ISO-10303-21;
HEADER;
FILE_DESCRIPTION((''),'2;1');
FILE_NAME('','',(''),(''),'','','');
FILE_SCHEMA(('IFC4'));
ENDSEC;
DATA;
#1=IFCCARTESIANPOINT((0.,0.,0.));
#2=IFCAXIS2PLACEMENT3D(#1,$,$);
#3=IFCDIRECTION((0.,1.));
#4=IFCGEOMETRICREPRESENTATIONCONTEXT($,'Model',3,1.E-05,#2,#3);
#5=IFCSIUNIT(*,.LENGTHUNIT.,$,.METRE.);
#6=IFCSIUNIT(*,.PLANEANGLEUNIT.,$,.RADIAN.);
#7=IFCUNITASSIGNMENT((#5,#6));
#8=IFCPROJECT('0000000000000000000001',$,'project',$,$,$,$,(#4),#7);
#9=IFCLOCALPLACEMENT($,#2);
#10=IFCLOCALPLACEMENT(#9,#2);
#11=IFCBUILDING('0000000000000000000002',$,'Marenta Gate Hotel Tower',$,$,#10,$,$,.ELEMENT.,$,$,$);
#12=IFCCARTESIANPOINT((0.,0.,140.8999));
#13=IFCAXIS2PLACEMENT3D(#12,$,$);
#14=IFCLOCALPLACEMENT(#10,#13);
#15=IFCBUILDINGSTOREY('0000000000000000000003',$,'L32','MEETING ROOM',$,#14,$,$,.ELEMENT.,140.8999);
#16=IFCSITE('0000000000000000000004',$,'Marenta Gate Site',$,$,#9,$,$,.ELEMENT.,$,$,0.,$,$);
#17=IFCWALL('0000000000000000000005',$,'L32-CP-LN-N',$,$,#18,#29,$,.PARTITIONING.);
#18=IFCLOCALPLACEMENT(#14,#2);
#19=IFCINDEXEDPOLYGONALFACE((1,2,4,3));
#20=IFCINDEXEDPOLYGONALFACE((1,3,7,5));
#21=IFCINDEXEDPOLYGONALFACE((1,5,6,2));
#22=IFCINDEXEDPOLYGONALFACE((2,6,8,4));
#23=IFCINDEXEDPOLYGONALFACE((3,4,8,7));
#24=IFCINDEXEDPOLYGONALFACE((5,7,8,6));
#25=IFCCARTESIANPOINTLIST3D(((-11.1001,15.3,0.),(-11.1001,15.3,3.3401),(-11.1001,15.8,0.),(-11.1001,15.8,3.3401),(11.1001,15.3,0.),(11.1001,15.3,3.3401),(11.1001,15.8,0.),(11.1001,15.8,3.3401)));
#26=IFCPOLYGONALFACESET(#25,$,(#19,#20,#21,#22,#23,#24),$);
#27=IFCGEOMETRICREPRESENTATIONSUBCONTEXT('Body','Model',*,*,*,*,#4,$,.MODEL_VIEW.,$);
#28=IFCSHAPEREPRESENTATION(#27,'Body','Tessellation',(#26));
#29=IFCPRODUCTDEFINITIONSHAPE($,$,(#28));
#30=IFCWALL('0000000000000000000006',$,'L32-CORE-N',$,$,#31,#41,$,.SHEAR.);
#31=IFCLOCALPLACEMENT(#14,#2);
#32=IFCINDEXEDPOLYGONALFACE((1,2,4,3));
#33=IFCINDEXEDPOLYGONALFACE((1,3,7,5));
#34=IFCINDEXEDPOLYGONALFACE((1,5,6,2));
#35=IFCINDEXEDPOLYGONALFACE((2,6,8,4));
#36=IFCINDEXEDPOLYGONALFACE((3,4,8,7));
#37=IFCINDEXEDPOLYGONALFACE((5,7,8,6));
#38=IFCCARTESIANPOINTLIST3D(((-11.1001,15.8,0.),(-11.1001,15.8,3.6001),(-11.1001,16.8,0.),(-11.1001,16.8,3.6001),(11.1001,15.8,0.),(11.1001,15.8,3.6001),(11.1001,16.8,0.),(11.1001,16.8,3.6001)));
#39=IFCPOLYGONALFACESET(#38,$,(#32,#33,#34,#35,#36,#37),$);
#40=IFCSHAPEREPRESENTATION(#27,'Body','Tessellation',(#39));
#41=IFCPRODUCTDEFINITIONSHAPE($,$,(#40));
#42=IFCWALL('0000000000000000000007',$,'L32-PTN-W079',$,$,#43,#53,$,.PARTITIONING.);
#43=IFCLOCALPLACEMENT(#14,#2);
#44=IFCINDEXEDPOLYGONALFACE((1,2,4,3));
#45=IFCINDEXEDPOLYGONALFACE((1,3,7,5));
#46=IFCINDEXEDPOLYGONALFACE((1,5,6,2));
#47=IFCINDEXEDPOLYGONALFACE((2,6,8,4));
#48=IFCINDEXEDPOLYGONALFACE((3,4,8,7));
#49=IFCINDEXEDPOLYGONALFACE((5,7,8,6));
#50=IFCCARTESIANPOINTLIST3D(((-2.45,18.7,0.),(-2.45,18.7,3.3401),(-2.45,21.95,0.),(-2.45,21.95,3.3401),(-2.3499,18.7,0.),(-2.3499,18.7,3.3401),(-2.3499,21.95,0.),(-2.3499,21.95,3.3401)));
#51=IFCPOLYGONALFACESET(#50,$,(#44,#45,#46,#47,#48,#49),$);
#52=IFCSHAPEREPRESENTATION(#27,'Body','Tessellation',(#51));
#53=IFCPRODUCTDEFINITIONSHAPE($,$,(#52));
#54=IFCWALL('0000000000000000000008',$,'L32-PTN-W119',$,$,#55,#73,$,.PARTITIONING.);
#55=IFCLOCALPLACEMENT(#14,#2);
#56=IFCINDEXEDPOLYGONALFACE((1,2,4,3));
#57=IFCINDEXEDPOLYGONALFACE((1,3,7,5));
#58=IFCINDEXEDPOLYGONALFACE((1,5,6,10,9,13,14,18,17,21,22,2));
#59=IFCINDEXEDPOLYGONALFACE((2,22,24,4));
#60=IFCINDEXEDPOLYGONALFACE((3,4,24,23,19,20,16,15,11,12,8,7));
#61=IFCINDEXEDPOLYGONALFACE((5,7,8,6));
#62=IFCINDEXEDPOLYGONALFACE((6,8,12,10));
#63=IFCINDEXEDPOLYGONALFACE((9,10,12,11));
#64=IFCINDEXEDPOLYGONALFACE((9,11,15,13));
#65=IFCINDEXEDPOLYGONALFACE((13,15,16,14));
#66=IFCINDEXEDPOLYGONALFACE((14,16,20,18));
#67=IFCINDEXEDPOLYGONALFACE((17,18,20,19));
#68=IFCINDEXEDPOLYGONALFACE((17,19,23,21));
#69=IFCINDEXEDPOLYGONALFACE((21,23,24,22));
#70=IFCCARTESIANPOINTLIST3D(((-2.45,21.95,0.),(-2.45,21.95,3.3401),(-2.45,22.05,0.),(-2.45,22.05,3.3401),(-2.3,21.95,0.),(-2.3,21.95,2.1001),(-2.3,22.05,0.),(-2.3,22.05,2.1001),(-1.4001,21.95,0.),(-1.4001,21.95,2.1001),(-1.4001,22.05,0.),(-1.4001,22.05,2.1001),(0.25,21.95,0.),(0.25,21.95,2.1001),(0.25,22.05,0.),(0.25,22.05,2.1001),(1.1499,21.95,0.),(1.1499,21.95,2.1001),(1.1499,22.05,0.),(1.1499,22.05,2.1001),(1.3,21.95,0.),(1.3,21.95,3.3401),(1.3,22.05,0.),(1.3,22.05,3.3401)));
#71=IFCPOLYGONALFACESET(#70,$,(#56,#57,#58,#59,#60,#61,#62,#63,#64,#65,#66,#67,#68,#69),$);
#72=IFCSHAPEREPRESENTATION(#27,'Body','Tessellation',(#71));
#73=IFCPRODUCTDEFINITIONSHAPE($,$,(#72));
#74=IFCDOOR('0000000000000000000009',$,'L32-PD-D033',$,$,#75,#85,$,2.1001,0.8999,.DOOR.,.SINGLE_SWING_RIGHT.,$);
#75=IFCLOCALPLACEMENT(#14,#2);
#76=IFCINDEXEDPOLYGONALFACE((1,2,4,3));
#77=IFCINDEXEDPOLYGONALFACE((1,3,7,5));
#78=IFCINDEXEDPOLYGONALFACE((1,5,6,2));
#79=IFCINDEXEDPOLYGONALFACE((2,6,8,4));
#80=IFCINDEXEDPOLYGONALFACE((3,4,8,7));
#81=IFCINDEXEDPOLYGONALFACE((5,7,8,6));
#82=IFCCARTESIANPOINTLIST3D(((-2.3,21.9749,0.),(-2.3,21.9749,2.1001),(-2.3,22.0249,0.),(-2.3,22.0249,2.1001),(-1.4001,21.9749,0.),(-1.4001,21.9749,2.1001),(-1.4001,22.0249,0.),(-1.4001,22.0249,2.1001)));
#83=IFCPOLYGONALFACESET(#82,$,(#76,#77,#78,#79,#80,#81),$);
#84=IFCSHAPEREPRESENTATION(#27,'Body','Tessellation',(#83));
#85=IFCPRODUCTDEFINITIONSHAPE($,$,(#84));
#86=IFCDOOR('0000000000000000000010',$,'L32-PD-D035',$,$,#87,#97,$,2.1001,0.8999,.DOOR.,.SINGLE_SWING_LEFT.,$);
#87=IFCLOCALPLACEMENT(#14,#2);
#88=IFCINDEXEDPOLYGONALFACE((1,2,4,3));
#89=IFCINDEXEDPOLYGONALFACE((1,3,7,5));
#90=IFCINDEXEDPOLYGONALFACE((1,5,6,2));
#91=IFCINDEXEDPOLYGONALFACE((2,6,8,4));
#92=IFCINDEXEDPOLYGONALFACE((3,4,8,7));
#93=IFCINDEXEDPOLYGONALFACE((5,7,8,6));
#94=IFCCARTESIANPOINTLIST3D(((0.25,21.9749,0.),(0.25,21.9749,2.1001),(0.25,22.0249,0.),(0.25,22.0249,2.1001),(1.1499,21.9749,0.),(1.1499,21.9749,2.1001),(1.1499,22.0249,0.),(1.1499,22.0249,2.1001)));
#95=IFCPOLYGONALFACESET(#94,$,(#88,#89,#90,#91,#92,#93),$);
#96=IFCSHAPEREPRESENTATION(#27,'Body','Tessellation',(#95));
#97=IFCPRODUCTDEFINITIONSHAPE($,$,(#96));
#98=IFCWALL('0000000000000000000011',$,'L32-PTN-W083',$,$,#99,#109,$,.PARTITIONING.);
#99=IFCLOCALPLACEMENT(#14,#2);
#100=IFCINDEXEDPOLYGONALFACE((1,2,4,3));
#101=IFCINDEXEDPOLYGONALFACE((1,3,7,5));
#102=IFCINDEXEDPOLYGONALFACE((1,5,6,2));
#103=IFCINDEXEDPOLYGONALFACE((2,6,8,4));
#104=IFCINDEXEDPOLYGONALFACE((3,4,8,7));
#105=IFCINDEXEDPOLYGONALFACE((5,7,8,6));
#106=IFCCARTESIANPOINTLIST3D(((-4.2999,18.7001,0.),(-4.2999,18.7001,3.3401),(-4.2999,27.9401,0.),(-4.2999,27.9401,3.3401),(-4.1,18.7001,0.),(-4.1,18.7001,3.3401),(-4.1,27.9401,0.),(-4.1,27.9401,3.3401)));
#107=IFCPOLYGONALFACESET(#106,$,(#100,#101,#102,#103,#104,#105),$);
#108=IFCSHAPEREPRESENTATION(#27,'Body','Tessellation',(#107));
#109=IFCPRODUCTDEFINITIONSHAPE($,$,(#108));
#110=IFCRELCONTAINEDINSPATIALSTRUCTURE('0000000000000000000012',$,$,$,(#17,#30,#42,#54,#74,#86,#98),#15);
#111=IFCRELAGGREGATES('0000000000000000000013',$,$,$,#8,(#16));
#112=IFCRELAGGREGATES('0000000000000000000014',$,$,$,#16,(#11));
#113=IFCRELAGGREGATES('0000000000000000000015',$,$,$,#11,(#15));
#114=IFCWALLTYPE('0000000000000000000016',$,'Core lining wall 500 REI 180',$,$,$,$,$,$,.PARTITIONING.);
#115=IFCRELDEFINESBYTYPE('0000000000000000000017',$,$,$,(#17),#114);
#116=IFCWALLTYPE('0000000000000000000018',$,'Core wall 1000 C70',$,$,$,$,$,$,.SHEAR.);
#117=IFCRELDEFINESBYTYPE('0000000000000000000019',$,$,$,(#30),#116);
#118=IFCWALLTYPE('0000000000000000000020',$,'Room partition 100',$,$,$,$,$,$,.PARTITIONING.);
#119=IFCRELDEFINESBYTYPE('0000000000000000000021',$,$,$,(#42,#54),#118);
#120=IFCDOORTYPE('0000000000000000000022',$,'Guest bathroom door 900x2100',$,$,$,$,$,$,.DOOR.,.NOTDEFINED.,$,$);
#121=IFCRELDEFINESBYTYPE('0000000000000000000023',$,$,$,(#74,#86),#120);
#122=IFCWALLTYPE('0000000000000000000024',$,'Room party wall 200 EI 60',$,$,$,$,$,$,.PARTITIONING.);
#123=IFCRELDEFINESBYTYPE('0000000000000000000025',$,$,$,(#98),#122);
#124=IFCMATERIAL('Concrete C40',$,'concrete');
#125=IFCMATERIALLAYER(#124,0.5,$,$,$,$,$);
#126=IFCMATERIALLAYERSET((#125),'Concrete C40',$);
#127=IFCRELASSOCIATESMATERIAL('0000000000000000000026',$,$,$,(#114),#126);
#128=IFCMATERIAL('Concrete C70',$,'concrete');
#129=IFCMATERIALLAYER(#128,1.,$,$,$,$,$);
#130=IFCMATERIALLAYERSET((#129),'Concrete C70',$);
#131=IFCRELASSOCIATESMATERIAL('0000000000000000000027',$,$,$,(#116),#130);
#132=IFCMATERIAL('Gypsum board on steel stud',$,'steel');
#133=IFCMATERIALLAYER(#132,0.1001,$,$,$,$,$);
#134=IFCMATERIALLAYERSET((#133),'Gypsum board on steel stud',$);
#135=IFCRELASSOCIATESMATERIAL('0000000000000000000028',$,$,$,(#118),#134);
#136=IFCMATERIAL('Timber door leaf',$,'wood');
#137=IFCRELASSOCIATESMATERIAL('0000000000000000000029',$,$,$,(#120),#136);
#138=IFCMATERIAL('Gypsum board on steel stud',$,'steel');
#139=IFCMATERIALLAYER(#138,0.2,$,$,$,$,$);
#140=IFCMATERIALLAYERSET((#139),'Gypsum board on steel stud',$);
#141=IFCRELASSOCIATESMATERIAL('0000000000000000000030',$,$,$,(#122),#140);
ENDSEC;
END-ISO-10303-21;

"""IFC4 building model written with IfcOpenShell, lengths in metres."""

from ifc_helpers import new_model, si_unit, direction, frame, frame_2d, origin, place, context, subcontext, project, spatial, rectangle, extrude, material, layer, layer_set, type_object, element, fill, save


model = new_model("IFC4")

# Units and contexts
model_context = context("Model", 3, precision=1e-05, world=origin(), true_north=direction((0.0, 1.0)))
body_context = subcontext(model_context, "Body", "Model", "MODEL_VIEW")
ifc_project = project(units=[si_unit("LENGTHUNIT", "METRE"), si_unit("PLANEANGLEUNIT", "RADIAN")], contexts=[model_context])

# Site, building, storey
site_placement = place(None, origin())
site = spatial("IfcSite", under=ifc_project, at=site_placement, Name="Marenta Gate Site", CompositionType="ELEMENT", RefElevation=0.0)
building_placement = place(site_placement, origin())
building = spatial("IfcBuilding", under=site, at=building_placement, Name="Marenta Gate Hotel Tower", CompositionType="ELEMENT")
storey_placement = place(building_placement, frame((0.0, 0.0, 140.8999)))
storey = spatial("IfcBuildingStorey", under=building, at=storey_placement, Name="L32", Description="MEETING ROOM", CompositionType="ELEMENT", Elevation=140.8999)

# Walls
ifc_material_1 = material(Name="Concrete C40", Category="concrete")
ifc_layer_1 = layer(ifc_material_1, 0.5)
ifc_layer_set_1 = layer_set([ifc_layer_1], Name="Concrete C40")
wall_type_1 = type_object("IfcWallType", Name="Core lining wall 500 REI 180", PredefinedType="PARTITIONING", material=ifc_layer_set_1)
wall_1_placement = place(storey_placement, frame((-11.1001, 15.55, 0.0), z_axis=(0.0, 0.0, 1.0), x_axis=(1.0, 0.0, 0.0)))
element("IfcWall", 1, at=wall_1_placement, inside=storey, type_object=wall_type_1, Name="L32-CP-LN-N", PredefinedType="PARTITIONING", context=body_context, shape_type="SweptSolid", body=[
    extrude(rectangle(XDim=22.2002, YDim=0.5, at=frame_2d((11.1001, 0.0))), origin(), (0.0, 0.0, 1.0), 3.3401),
])
ifc_material_2 = material(Name="Concrete C70", Category="concrete")
ifc_layer_2 = layer(ifc_material_2, 1.0)
ifc_layer_set_2 = layer_set([ifc_layer_2], Name="Concrete C70")
wall_type_2 = type_object("IfcWallType", Name="Core wall 1000 C70", PredefinedType="SHEAR", material=ifc_layer_set_2)
wall_2_placement = place(storey_placement, frame((-11.1001, 16.3, 0.0), z_axis=(0.0, 0.0, 1.0), x_axis=(1.0, 0.0, 0.0)))
element("IfcWall", 2, at=wall_2_placement, inside=storey, type_object=wall_type_2, Name="L32-CORE-N", PredefinedType="SHEAR", context=body_context, shape_type="SweptSolid", body=[
    extrude(rectangle(XDim=22.2002, YDim=1.0, at=frame_2d((11.1001, 0.0))), origin(), (0.0, 0.0, 1.0), 3.6001),
])
ifc_material_3 = material(Name="Gypsum board on steel stud", Category="steel")
ifc_layer_3 = layer(ifc_material_3, 0.1001)
ifc_layer_set_3 = layer_set([ifc_layer_3], Name="Gypsum board on steel stud")
wall_type_3 = type_object("IfcWallType", Name="Room partition 100", PredefinedType="PARTITIONING", material=ifc_layer_set_3)
wall_3_placement = place(storey_placement, frame((-2.3999, 18.7, 0.0), z_axis=(0.0, 0.0, 1.0), x_axis=(0.0, 1.0, 0.0)))
element("IfcWall", 3, at=wall_3_placement, inside=storey, type_object=wall_type_3, Name="L32-PTN-W079", PredefinedType="PARTITIONING", context=body_context, shape_type="SweptSolid", body=[
    extrude(rectangle(XDim=3.25, YDim=0.1001, at=frame_2d((1.625, 0.0))), origin(), (0.0, 0.0, 1.0), 3.3401),
])

# Wall, openings, doors
wall_4_placement = place(storey_placement, frame((-2.45, 22.0, 0.0), z_axis=(0.0, 0.0, 1.0), x_axis=(1.0, 0.0, 0.0)))
wall_4 = element("IfcWall", 4, at=wall_4_placement, inside=storey, type_object=wall_type_3, Name="L32-PTN-W119", PredefinedType="PARTITIONING", context=body_context, shape_type="SweptSolid", body=[
    extrude(rectangle(XDim=3.75, YDim=0.1001, at=frame_2d((1.875, 0.0))), origin(), (0.0, 0.0, 1.0), 3.3401),
])
opening_1_placement = place(wall_4_placement, frame((0.1499, 0.0, 0.0)))
opening_1 = element("IfcOpeningElement", 5, at=opening_1_placement, cuts=wall_4, PredefinedType="OPENING", context=body_context, shape_type="SweptSolid", body=[
    extrude(rectangle(XDim=0.8999, YDim=2.1001, at=frame_2d((0.45, 1.05))), frame((0.0, 0.05, 0.0), z_axis=(0.0, -1.0, 0.0), x_axis=(1.0, 0.0, 0.0)), (0.0, 0.0, 1.0), 0.1001),
])
opening_2_placement = place(wall_4_placement, frame((2.7, 0.0, 0.0)))
opening_2 = element("IfcOpeningElement", 6, at=opening_2_placement, cuts=wall_4, PredefinedType="OPENING", context=body_context, shape_type="SweptSolid", body=[
    extrude(rectangle(XDim=0.8999, YDim=2.1001, at=frame_2d((0.45, 1.05))), frame((0.0, 0.05, 0.0), z_axis=(0.0, -1.0, 0.0), x_axis=(1.0, 0.0, 0.0)), (0.0, 0.0, 1.0), 0.1001),
])
ifc_material_4 = material(Name="Timber door leaf", Category="wood")
door_type_1 = type_object("IfcDoorType", Name="Guest bathroom door 900x2100", OperationType="NOTDEFINED", PredefinedType="DOOR", material=ifc_material_4)
door_1_placement = place(opening_1_placement, origin())
door_1 = element("IfcDoor", 7, at=door_1_placement, inside=storey, type_object=door_type_1, Name="L32-PD-D033", OperationType="SINGLE_SWING_RIGHT", OverallHeight=2.1001, OverallWidth=0.8999, PredefinedType="DOOR", context=body_context, shape_type="SweptSolid", body=[
    extrude(rectangle(XDim=0.8999, YDim=2.1001, at=frame_2d((0.45, 1.05))), frame((0.0, 0.0249, 0.0), z_axis=(0.0, -1.0, 0.0), x_axis=(1.0, 0.0, 0.0)), (0.0, 0.0, 1.0), 0.05),
])
fill(opening_1, door_1)
door_2_placement = place(opening_2_placement, origin())
door_2 = element("IfcDoor", 8, at=door_2_placement, inside=storey, type_object=door_type_1, Name="L32-PD-D035", OperationType="SINGLE_SWING_LEFT", OverallHeight=2.1001, OverallWidth=0.8999, PredefinedType="DOOR", context=body_context, shape_type="SweptSolid", body=[
    extrude(rectangle(XDim=0.8999, YDim=2.1001, at=frame_2d((0.45, 1.05))), frame((0.0, 0.0249, 0.0), z_axis=(0.0, -1.0, 0.0), x_axis=(1.0, 0.0, 0.0)), (0.0, 0.0, 1.0), 0.05),
])
fill(opening_2, door_2)

# Wall
ifc_material_5 = material(Name="Gypsum board on steel stud", Category="steel")
ifc_layer_4 = layer(ifc_material_5, 0.2)
ifc_layer_set_4 = layer_set([ifc_layer_4], Name="Gypsum board on steel stud")
wall_type_4 = type_object("IfcWallType", Name="Room party wall 200 EI 60", PredefinedType="PARTITIONING", material=ifc_layer_set_4)
wall_5_placement = place(storey_placement, frame((-4.2, 18.7, 0.0), z_axis=(0.0, 0.0, 1.0), x_axis=(0.0, 1.0, 0.0)))
element("IfcWall", 9, at=wall_5_placement, inside=storey, type_object=wall_type_4, Name="L32-PTN-W083", PredefinedType="PARTITIONING", context=body_context, shape_type="SweptSolid", body=[
    extrude(rectangle(XDim=9.24, YDim=0.2, at=frame_2d((4.6201, 0.0))), origin(), (0.0, 0.0, 1.0), 3.3401),
])

save(model, "model.ifc")
